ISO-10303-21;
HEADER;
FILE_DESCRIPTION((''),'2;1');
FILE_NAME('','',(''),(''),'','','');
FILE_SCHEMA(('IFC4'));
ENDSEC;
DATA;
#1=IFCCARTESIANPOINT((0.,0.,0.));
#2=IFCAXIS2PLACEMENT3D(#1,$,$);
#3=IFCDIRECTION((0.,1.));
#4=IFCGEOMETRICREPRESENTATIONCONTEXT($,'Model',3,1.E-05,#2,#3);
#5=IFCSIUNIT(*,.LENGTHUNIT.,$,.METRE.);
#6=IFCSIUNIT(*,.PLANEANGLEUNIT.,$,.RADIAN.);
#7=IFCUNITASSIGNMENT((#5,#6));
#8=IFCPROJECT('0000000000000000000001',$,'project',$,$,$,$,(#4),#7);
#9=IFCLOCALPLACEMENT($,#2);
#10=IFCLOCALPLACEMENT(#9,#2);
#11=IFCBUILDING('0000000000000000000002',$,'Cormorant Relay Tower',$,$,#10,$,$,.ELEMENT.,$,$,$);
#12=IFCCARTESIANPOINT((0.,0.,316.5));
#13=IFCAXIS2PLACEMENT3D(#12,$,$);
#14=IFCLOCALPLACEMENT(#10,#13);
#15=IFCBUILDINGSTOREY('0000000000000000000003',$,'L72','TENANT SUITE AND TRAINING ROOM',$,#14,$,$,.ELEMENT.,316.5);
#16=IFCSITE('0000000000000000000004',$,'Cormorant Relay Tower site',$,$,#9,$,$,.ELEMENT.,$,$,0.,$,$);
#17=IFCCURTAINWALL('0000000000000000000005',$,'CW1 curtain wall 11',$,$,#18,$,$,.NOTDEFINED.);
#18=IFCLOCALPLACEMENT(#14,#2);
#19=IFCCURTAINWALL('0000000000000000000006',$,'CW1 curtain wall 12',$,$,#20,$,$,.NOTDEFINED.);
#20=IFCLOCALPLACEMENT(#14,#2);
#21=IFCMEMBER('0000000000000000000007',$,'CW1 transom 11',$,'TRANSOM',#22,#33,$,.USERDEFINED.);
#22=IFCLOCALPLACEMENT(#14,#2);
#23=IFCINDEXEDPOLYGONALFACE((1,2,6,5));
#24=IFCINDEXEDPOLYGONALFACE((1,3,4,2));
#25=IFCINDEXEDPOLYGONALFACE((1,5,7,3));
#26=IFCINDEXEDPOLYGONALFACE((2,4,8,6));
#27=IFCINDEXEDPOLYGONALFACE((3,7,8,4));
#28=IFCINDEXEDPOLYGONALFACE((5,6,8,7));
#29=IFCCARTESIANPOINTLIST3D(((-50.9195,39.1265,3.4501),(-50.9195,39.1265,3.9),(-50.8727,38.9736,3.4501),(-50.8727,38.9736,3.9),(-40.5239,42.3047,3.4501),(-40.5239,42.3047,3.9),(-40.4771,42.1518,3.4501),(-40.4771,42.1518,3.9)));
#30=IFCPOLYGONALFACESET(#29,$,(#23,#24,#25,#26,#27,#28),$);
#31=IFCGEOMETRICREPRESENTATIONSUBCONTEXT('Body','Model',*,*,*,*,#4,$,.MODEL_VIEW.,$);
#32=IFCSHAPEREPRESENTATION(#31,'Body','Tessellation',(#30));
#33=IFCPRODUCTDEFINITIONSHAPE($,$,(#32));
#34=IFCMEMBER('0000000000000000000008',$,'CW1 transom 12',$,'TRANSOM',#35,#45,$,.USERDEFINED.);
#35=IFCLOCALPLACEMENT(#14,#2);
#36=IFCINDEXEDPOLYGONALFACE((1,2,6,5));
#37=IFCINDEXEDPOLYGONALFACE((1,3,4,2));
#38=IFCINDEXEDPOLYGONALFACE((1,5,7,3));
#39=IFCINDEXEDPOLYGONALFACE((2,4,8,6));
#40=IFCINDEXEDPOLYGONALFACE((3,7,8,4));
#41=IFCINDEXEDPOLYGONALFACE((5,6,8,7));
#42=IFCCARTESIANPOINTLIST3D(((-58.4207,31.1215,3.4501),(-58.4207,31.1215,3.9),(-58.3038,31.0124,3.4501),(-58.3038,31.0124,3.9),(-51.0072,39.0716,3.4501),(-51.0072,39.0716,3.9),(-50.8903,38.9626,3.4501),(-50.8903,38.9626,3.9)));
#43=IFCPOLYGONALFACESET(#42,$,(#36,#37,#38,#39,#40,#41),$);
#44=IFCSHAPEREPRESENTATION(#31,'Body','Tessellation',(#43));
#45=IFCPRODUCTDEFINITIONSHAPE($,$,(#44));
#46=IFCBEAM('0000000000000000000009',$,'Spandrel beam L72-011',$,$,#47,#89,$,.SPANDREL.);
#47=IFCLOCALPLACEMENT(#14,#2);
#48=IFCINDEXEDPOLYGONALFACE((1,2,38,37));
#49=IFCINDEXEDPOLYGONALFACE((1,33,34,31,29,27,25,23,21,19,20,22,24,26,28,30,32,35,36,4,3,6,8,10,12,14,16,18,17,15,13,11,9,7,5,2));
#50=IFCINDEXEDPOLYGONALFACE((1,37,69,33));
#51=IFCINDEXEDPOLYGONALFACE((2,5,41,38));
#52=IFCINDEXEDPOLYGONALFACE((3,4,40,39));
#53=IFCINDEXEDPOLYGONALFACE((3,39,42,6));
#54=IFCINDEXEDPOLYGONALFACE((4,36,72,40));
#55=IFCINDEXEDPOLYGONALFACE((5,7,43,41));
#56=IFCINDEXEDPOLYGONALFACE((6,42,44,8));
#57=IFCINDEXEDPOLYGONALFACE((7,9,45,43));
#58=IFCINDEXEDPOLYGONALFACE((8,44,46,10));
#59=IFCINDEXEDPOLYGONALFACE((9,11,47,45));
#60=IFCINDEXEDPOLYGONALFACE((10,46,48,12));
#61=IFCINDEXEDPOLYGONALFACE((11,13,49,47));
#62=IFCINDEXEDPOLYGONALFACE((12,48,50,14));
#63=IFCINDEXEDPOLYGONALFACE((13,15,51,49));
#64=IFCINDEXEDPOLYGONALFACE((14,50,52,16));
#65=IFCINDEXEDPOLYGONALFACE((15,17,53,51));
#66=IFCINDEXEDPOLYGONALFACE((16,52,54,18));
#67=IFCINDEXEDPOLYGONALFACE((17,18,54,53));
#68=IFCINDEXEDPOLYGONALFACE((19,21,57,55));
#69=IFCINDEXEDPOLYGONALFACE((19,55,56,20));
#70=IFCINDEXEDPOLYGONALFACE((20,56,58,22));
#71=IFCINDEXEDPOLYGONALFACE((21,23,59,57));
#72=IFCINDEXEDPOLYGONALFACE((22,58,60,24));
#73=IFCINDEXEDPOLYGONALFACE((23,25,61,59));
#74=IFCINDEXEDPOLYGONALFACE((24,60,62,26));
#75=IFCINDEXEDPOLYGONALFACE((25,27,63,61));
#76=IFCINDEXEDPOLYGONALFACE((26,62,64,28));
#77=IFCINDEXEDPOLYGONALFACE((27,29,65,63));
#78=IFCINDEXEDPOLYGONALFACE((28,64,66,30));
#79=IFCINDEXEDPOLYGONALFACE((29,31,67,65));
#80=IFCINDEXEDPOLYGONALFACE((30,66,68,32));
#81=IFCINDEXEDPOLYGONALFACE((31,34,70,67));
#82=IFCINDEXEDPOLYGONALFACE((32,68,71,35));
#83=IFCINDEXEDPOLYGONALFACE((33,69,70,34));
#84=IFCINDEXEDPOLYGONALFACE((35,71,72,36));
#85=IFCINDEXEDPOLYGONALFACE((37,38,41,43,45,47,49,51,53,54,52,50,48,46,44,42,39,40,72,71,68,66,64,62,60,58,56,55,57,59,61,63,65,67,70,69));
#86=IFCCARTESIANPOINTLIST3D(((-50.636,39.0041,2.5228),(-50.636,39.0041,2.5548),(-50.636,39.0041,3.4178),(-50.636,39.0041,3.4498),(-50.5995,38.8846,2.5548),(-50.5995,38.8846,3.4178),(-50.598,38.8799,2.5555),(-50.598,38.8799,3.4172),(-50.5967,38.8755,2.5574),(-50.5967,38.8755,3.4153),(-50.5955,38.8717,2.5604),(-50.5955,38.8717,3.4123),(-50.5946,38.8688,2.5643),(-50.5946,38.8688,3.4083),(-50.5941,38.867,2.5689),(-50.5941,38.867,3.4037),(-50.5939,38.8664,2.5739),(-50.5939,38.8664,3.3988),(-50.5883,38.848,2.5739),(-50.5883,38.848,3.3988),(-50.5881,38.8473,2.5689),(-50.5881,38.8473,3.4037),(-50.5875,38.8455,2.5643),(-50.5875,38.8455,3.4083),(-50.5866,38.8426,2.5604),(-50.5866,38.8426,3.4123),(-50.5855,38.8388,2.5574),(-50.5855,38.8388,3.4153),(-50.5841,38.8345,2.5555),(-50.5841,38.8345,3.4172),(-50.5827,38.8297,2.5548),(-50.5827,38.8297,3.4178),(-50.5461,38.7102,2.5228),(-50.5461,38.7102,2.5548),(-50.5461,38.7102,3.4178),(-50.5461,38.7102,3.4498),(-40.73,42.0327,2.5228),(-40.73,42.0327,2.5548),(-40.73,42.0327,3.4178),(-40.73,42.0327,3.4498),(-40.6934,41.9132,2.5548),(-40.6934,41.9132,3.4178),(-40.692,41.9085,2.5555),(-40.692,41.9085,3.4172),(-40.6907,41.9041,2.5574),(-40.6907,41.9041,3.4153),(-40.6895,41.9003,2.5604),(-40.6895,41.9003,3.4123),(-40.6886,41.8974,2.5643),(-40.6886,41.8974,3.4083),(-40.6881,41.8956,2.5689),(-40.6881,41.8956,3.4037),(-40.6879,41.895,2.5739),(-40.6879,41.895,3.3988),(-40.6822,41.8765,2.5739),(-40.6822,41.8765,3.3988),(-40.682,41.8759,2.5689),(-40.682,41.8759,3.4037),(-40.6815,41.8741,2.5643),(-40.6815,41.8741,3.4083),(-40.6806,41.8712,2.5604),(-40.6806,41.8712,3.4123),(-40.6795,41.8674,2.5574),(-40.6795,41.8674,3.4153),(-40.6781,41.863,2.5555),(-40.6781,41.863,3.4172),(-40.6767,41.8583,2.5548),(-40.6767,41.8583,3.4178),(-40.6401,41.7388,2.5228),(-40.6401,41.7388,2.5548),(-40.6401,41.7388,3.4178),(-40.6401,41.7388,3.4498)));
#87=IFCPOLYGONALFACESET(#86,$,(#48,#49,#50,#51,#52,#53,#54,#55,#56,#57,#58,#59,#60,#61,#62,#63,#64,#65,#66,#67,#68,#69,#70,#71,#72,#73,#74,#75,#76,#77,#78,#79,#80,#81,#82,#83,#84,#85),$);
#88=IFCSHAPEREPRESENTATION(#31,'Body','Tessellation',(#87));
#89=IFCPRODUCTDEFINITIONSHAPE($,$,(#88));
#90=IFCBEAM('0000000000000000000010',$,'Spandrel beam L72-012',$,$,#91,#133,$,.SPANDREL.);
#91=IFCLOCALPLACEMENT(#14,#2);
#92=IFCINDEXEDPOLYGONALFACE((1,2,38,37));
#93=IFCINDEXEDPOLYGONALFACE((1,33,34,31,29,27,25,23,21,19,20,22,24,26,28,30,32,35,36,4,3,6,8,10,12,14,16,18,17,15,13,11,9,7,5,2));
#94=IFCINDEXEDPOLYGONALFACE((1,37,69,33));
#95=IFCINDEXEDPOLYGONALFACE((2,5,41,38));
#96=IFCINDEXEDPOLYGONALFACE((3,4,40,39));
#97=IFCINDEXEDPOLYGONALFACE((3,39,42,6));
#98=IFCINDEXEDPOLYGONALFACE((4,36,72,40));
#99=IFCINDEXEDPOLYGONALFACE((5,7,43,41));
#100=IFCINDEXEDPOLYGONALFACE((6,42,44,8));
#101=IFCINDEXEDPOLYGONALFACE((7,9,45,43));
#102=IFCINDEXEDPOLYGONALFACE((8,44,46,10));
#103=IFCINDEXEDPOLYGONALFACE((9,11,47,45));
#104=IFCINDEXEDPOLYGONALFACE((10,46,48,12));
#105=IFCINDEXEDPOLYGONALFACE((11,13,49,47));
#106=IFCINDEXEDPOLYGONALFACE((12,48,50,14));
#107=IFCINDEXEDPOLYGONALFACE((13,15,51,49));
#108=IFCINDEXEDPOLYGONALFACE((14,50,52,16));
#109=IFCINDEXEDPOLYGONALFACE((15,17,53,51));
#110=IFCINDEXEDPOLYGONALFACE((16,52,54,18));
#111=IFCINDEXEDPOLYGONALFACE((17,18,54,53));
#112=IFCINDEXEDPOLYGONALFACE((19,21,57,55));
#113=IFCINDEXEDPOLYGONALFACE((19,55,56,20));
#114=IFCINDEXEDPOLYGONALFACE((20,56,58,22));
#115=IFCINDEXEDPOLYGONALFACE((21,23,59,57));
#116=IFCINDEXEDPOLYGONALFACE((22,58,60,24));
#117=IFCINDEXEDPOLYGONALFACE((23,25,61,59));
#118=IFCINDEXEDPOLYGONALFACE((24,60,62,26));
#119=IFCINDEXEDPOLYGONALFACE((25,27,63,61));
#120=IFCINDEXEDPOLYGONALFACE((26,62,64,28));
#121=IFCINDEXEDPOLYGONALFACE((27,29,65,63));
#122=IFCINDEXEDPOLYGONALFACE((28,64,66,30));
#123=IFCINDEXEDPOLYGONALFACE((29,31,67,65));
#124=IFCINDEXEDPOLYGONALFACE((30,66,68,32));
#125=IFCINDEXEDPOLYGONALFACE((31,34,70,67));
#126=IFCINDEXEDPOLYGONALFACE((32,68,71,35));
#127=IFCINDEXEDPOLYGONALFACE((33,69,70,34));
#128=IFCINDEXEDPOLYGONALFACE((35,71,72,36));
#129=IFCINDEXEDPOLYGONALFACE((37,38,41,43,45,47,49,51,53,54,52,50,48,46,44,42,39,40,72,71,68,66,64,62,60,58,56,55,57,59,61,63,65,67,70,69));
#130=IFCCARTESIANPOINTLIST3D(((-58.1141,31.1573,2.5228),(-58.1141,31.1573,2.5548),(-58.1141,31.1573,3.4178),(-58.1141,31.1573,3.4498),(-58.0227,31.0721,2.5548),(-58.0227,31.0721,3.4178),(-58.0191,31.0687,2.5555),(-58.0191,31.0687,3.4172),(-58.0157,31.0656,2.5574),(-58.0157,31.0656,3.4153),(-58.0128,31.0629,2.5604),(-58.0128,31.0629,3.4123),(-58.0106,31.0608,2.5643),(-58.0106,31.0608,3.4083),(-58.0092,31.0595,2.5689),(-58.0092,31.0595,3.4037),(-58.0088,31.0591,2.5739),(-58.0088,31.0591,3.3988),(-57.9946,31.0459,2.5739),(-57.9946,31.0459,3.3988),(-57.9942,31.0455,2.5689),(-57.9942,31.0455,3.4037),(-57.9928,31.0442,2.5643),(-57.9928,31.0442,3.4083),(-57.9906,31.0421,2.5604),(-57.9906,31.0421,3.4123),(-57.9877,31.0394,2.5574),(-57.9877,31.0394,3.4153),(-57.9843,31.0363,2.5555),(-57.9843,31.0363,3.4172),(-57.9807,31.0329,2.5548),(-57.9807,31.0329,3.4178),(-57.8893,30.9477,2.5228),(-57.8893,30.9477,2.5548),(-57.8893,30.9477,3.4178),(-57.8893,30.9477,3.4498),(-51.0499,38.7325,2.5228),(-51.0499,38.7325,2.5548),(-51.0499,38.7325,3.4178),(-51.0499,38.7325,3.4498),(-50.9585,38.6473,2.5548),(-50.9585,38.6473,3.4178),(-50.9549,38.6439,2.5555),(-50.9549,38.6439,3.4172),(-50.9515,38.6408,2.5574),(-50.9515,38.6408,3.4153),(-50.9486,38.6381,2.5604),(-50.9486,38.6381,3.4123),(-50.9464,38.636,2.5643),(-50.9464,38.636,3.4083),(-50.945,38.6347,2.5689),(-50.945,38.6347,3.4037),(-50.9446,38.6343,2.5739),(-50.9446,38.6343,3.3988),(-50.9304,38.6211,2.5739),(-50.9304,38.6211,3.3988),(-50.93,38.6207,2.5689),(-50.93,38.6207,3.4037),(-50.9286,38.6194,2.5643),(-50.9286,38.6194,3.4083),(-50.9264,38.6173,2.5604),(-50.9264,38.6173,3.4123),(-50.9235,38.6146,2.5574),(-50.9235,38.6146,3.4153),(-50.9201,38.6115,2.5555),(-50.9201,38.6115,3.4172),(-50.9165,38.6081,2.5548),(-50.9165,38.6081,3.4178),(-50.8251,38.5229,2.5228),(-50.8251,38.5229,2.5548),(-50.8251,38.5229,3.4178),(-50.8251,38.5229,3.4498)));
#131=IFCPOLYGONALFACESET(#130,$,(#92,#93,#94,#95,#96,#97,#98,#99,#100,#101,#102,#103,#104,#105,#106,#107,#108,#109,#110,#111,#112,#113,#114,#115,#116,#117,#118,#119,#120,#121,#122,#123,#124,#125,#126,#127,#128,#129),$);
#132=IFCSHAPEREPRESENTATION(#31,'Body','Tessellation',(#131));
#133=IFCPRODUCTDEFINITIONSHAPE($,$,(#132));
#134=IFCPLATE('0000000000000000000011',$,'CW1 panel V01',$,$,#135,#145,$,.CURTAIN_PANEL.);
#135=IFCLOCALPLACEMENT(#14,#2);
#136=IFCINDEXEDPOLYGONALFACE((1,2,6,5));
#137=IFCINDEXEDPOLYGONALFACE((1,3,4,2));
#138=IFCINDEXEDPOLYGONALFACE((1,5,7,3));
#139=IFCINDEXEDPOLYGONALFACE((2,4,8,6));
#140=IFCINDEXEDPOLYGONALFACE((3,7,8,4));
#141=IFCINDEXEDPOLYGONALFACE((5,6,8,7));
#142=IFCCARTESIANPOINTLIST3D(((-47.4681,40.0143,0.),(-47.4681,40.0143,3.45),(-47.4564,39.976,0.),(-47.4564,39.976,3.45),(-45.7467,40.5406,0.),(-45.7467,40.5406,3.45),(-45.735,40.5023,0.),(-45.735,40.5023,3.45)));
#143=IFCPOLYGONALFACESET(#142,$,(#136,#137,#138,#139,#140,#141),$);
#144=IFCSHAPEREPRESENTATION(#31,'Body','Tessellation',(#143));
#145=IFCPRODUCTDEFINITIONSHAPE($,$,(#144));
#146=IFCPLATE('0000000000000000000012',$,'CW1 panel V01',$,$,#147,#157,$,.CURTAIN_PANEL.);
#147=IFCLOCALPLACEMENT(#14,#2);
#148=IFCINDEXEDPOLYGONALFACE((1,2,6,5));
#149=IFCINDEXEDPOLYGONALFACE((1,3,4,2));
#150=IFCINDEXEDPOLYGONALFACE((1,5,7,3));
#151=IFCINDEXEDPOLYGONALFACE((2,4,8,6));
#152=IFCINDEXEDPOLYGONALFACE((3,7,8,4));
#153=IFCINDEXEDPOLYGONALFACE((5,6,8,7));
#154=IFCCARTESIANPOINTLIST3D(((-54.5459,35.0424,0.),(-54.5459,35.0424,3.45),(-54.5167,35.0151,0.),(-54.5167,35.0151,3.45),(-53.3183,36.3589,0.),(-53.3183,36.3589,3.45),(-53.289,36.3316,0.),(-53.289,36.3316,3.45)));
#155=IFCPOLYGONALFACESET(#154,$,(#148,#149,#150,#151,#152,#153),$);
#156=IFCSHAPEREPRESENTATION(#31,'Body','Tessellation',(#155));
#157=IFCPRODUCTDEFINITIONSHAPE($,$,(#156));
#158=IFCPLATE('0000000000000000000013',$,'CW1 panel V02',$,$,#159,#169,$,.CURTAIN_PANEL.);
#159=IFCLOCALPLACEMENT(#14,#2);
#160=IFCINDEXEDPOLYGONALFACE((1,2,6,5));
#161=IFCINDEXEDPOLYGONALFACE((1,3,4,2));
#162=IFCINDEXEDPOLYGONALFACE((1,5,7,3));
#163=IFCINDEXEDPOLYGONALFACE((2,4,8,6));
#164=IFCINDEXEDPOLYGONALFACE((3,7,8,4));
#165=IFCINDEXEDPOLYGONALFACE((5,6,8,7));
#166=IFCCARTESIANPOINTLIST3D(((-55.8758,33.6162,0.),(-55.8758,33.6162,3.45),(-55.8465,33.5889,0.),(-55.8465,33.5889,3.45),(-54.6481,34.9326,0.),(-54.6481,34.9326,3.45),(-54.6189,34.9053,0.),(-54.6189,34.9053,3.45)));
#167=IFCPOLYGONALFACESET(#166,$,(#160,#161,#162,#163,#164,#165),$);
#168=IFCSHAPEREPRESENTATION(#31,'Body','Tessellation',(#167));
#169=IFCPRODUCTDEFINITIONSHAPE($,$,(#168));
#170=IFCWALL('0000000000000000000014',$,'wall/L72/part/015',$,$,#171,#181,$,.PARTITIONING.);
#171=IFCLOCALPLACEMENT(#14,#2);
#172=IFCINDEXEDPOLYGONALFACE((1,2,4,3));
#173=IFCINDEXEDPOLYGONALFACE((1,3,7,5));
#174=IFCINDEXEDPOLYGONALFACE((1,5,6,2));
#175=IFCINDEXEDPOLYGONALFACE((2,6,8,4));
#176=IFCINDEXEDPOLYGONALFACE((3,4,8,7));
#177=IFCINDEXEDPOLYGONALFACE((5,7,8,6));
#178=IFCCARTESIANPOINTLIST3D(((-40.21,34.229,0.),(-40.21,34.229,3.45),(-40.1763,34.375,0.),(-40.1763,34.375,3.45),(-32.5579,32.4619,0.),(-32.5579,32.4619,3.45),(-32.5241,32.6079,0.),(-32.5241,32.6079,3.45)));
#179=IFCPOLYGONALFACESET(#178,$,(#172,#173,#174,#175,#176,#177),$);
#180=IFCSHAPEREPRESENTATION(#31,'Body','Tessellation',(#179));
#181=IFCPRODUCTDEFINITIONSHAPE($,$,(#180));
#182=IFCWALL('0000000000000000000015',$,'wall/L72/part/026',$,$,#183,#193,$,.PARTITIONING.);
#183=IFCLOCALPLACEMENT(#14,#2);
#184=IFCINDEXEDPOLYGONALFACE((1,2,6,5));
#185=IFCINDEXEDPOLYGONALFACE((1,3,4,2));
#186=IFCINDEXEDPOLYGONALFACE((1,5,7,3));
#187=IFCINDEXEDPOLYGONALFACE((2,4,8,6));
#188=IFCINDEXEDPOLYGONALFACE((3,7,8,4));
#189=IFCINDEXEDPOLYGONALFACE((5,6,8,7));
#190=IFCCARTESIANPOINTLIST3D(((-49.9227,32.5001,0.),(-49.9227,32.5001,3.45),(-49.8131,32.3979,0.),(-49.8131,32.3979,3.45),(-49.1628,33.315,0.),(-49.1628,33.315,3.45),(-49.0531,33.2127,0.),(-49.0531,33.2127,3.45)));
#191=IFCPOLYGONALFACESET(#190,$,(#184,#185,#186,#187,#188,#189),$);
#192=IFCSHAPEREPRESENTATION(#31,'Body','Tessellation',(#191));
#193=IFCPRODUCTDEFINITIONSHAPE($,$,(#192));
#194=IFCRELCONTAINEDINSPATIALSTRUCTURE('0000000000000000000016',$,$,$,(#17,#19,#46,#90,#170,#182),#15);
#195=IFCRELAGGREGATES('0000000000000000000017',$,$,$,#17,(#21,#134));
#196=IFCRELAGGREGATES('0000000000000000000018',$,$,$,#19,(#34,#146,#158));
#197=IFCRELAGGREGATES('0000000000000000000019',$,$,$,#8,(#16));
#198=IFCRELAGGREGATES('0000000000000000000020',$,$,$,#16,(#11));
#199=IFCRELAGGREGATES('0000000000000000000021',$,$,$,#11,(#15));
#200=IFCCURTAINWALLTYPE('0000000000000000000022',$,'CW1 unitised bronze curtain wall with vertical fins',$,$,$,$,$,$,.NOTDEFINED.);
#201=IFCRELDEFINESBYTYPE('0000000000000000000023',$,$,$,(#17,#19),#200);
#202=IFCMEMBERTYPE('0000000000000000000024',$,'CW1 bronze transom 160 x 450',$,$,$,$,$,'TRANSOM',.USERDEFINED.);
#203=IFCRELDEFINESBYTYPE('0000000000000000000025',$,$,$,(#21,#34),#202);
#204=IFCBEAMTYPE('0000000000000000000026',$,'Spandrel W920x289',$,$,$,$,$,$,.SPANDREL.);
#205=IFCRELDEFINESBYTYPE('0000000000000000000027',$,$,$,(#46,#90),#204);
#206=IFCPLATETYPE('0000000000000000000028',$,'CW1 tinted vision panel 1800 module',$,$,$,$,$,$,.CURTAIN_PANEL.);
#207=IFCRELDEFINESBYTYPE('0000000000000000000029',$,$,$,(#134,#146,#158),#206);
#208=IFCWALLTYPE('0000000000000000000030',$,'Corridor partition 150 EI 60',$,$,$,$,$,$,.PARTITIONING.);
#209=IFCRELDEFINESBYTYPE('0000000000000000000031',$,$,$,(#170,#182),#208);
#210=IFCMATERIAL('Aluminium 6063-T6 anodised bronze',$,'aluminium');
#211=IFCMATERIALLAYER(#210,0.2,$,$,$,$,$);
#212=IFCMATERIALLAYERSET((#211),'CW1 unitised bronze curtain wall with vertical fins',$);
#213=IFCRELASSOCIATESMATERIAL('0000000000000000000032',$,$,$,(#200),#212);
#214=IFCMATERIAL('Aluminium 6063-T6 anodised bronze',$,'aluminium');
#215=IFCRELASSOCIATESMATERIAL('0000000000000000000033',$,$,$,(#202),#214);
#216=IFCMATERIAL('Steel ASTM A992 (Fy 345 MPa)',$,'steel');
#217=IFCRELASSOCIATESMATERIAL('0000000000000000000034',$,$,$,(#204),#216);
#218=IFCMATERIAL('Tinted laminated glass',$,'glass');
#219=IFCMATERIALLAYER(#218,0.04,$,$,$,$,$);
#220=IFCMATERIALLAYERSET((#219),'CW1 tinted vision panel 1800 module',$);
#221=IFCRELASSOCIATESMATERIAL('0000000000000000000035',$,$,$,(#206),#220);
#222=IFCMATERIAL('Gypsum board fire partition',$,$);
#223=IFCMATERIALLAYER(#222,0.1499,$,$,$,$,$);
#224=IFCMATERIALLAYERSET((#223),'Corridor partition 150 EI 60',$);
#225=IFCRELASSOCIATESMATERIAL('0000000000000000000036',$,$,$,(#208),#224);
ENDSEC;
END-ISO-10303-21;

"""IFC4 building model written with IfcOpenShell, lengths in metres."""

from ifc_helpers import new_model, si_unit, direction, frame, frame_2d, origin, origin_2d, place, context, subcontext, project, spatial, rectangle, i_section, extrude, material, layer, layer_set, material_profile, profile_set, type_object, element, aggregate, save


model = new_model("IFC4")

# Units and contexts
model_context = context("Model", 3, precision=1e-05, world=origin(), true_north=direction((0.0, 1.0)))
body_context = subcontext(model_context, "Body", "Model", "MODEL_VIEW")
ifc_project = project(units=[si_unit("LENGTHUNIT", "METRE"), si_unit("PLANEANGLEUNIT", "RADIAN")], contexts=[model_context])

# Site, building, storey
site_placement = place(None, origin())
site = spatial("IfcSite", under=ifc_project, at=site_placement, Name="Cormorant Relay Tower site", CompositionType="ELEMENT", RefElevation=0.0)
building_placement = place(site_placement, origin())
building = spatial("IfcBuilding", under=site, at=building_placement, Name="Cormorant Relay Tower", CompositionType="ELEMENT")
storey_placement = place(building_placement, frame((0.0, 0.0, 316.5)))
storey = spatial("IfcBuildingStorey", under=building, at=storey_placement, Name="L72", Description="TENANT SUITE AND TRAINING ROOM", CompositionType="ELEMENT", Elevation=316.5)

# Curtain walls
ifc_material_1 = material(Name="Aluminium 6063-T6 anodised bronze", Category="aluminium")
ifc_layer_1 = layer(ifc_material_1, 0.2)
ifc_layer_set_1 = layer_set([ifc_layer_1], Name="CW1 unitised bronze curtain wall with vertical fins")
curtain_wall_type = type_object("IfcCurtainWallType", Name="CW1 unitised bronze curtain wall with vertical fins", PredefinedType="NOTDEFINED", material=ifc_layer_set_1)
curtain_wall_1_placement = place(storey_placement, origin())
curtain_wall_1 = element("IfcCurtainWall", 1, at=curtain_wall_1_placement, inside=storey, type_object=curtain_wall_type, Name="CW1 curtain wall 11", PredefinedType="NOTDEFINED")
curtain_wall_2_placement = place(storey_placement, origin())
curtain_wall_2 = element("IfcCurtainWall", 2, at=curtain_wall_2_placement, inside=storey, type_object=curtain_wall_type, Name="CW1 curtain wall 12", PredefinedType="NOTDEFINED")

# Members
ifc_material_2 = material(Name="Aluminium 6063-T6 anodised bronze", Category="aluminium")
ifc_material_profile_1 = material_profile(ifc_material_2, rectangle(XDim=0.1599, YDim=0.45, at=origin_2d()), Name="AL 160x450")
ifc_profile_set_1 = profile_set([ifc_material_profile_1], Name="Aluminium 6063-T6 anodised bronze")
member_type_1 = type_object("IfcMemberType", Name="CW1 bronze transom 160 x 450", ElementType="TRANSOM", PredefinedType="USERDEFINED", material=ifc_profile_set_1)
member_1_placement = place(storey_placement, frame((-40.5005, 42.2283, 3.675), z_axis=(-0.956305, -0.292371, 0.0), x_axis=(0.292371, -0.956305, 0.0)))
member_1 = element("IfcMember", 3, at=member_1_placement, type_object=member_type_1, Name="CW1 transom 11", ObjectType="TRANSOM", PredefinedType="USERDEFINED", context=body_context, shape_type="SweptSolid", body=[
    extrude(rectangle(XDim=0.1599, YDim=0.45, at=origin_2d()), origin(), (0.0, 0.0, 1.0), 10.8706),
])
member_2_placement = place(storey_placement, frame((-50.9487, 39.0171, 3.675), z_axis=(-0.681993, -0.731358, 0.0), x_axis=(0.731358, -0.681993, 0.0)))
member_2 = element("IfcMember", 4, at=member_2_placement, type_object=member_type_1, Name="CW1 transom 12", ObjectType="TRANSOM", PredefinedType="USERDEFINED", context=body_context, shape_type="SweptSolid", body=[
    extrude(rectangle(XDim=0.1599, YDim=0.45, at=origin_2d()), origin(), (0.0, 0.0, 1.0), 10.8704),
])

# Beams
ifc_material_3 = material(Name="Steel ASTM A992 (Fy 345 MPa)", Category="steel")
ifc_material_profile_2 = material_profile(ifc_material_3, i_section(OverallWidth=0.3074, OverallDepth=0.927, WebThickness=0.0193, FlangeThickness=0.032, FilletRadius=0.019, at=origin_2d()), Name="W920x289")
ifc_profile_set_2 = profile_set([ifc_material_profile_2], Name="Steel ASTM A992 (Fy 345 MPa)")
beam_type = type_object("IfcBeamType", Name="Spandrel W920x289", PredefinedType="SPANDREL", material=ifc_profile_set_2)
beam_1_placement = place(storey_placement, frame((-40.6851, 41.8857, 2.9863), z_axis=(-0.956305, -0.292371, 0.0), x_axis=(0.292371, -0.956305, 0.0)))
element("IfcBeam", 5, at=beam_1_placement, inside=storey, type_object=beam_type, Name="Spandrel beam L72-011", PredefinedType="SPANDREL", context=body_context, shape_type="SweptSolid", body=[
    extrude(i_section(OverallWidth=0.3074, OverallDepth=0.927, WebThickness=0.0193, FlangeThickness=0.032, FilletRadius=0.019, at=origin_2d()), origin(), (0.0, 0.0, 1.0), 10.3586),
])
beam_2_placement = place(storey_placement, frame((-50.9375, 38.6277, 2.9863), z_axis=(-0.68201, -0.731343, 0.0), x_axis=(0.731343, -0.68201, 0.0)))
element("IfcBeam", 6, at=beam_2_placement, inside=storey, type_object=beam_type, Name="Spandrel beam L72-012", PredefinedType="SPANDREL", context=body_context, shape_type="SweptSolid", body=[
    extrude(i_section(OverallWidth=0.3074, OverallDepth=0.927, WebThickness=0.0193, FlangeThickness=0.032, FilletRadius=0.019, at=origin_2d()), origin(), (0.0, 0.0, 1.0), 10.3579),
])

# Plates
ifc_material_4 = material(Name="Tinted laminated glass", Category="glass")
ifc_layer_2 = layer(ifc_material_4, 0.04)
ifc_layer_set_2 = layer_set([ifc_layer_2], Name="CW1 tinted vision panel 1800 module")
plate_type = type_object("IfcPlateType", Name="CW1 tinted vision panel 1800 module", PredefinedType="CURTAIN_PANEL", material=ifc_layer_set_2)
plate_1_placement = place(storey_placement, frame((-46.6016, 40.2583, 0.0), z_axis=(0.0, 0.0, 1.0), x_axis=(-0.956305, -0.292372, 0.0)))
plate_1 = element("IfcPlate", 7, at=plate_1_placement, type_object=plate_type, Name="CW1 panel V01", PredefinedType="CURTAIN_PANEL", context=body_context, shape_type="SweptSolid", body=[
    extrude(rectangle(XDim=1.8, YDim=0.04, at=origin_2d()), origin(), (0.0, 0.0, 1.0), 3.45),
])
plate_2_placement = place(storey_placement, frame((-53.9175, 35.687, 0.0), z_axis=(0.0, 0.0, 1.0), x_axis=(-0.681998, -0.731354, 0.0)))
plate_2 = element("IfcPlate", 8, at=plate_2_placement, type_object=plate_type, Name="CW1 panel V01", PredefinedType="CURTAIN_PANEL", context=body_context, shape_type="SweptSolid", body=[
    extrude(rectangle(XDim=1.8, YDim=0.04, at=origin_2d()), origin(), (0.0, 0.0, 1.0), 3.45),
])
plate_3_placement = place(storey_placement, frame((-55.2473, 34.2607, 0.0), z_axis=(0.0, 0.0, 1.0), x_axis=(-0.681998, -0.731354, 0.0)))
plate_3 = element("IfcPlate", 9, at=plate_3_placement, type_object=plate_type, Name="CW1 panel V02", PredefinedType="CURTAIN_PANEL", context=body_context, shape_type="SweptSolid", body=[
    extrude(rectangle(XDim=1.8, YDim=0.04, at=origin_2d()), origin(), (0.0, 0.0, 1.0), 3.45),
])

# Walls
ifc_material_5 = material(Name="Gypsum board fire partition")
ifc_layer_3 = layer(ifc_material_5, 0.1499)
ifc_layer_set_3 = layer_set([ifc_layer_3], Name="Corridor partition 150 EI 60")
wall_type_1 = type_object("IfcWallType", Name="Corridor partition 150 EI 60", PredefinedType="PARTITIONING", material=ifc_layer_set_3)
wall_1_placement = place(storey_placement, frame((-40.1931, 34.302, 0.0), z_axis=(0.0, 0.0, 1.0), x_axis=(0.974357, -0.225007, 0.0)))
element("IfcWall", 10, at=wall_1_placement, inside=storey, type_object=wall_type_1, Name="wall/L72/part/015", PredefinedType="PARTITIONING", context=body_context, shape_type="SweptSolid", body=[
    extrude(rectangle(XDim=7.8535, YDim=0.1499, at=frame_2d((3.9268, 0.0))), origin(), (0.0, 0.0, 1.0), 3.45),
])
wall_2_placement = place(storey_placement, frame((-49.8679, 32.449, 0.0), z_axis=(0.0, 0.0, 1.0), x_axis=(0.682029, 0.731325, 0.0)))
element("IfcWall", 11, at=wall_2_placement, inside=storey, type_object=wall_type_1, Name="wall/L72/part/026", PredefinedType="PARTITIONING", context=body_context, shape_type="SweptSolid", body=[
    extrude(rectangle(XDim=1.1143, YDim=0.1499, at=frame_2d((0.5571, 0.0))), origin(), (0.0, 0.0, 1.0), 3.45),
])

aggregate(curtain_wall_1, [member_1, plate_1])
aggregate(curtain_wall_2, [member_2, plate_2, plate_3])

save(model, "model.ifc")
